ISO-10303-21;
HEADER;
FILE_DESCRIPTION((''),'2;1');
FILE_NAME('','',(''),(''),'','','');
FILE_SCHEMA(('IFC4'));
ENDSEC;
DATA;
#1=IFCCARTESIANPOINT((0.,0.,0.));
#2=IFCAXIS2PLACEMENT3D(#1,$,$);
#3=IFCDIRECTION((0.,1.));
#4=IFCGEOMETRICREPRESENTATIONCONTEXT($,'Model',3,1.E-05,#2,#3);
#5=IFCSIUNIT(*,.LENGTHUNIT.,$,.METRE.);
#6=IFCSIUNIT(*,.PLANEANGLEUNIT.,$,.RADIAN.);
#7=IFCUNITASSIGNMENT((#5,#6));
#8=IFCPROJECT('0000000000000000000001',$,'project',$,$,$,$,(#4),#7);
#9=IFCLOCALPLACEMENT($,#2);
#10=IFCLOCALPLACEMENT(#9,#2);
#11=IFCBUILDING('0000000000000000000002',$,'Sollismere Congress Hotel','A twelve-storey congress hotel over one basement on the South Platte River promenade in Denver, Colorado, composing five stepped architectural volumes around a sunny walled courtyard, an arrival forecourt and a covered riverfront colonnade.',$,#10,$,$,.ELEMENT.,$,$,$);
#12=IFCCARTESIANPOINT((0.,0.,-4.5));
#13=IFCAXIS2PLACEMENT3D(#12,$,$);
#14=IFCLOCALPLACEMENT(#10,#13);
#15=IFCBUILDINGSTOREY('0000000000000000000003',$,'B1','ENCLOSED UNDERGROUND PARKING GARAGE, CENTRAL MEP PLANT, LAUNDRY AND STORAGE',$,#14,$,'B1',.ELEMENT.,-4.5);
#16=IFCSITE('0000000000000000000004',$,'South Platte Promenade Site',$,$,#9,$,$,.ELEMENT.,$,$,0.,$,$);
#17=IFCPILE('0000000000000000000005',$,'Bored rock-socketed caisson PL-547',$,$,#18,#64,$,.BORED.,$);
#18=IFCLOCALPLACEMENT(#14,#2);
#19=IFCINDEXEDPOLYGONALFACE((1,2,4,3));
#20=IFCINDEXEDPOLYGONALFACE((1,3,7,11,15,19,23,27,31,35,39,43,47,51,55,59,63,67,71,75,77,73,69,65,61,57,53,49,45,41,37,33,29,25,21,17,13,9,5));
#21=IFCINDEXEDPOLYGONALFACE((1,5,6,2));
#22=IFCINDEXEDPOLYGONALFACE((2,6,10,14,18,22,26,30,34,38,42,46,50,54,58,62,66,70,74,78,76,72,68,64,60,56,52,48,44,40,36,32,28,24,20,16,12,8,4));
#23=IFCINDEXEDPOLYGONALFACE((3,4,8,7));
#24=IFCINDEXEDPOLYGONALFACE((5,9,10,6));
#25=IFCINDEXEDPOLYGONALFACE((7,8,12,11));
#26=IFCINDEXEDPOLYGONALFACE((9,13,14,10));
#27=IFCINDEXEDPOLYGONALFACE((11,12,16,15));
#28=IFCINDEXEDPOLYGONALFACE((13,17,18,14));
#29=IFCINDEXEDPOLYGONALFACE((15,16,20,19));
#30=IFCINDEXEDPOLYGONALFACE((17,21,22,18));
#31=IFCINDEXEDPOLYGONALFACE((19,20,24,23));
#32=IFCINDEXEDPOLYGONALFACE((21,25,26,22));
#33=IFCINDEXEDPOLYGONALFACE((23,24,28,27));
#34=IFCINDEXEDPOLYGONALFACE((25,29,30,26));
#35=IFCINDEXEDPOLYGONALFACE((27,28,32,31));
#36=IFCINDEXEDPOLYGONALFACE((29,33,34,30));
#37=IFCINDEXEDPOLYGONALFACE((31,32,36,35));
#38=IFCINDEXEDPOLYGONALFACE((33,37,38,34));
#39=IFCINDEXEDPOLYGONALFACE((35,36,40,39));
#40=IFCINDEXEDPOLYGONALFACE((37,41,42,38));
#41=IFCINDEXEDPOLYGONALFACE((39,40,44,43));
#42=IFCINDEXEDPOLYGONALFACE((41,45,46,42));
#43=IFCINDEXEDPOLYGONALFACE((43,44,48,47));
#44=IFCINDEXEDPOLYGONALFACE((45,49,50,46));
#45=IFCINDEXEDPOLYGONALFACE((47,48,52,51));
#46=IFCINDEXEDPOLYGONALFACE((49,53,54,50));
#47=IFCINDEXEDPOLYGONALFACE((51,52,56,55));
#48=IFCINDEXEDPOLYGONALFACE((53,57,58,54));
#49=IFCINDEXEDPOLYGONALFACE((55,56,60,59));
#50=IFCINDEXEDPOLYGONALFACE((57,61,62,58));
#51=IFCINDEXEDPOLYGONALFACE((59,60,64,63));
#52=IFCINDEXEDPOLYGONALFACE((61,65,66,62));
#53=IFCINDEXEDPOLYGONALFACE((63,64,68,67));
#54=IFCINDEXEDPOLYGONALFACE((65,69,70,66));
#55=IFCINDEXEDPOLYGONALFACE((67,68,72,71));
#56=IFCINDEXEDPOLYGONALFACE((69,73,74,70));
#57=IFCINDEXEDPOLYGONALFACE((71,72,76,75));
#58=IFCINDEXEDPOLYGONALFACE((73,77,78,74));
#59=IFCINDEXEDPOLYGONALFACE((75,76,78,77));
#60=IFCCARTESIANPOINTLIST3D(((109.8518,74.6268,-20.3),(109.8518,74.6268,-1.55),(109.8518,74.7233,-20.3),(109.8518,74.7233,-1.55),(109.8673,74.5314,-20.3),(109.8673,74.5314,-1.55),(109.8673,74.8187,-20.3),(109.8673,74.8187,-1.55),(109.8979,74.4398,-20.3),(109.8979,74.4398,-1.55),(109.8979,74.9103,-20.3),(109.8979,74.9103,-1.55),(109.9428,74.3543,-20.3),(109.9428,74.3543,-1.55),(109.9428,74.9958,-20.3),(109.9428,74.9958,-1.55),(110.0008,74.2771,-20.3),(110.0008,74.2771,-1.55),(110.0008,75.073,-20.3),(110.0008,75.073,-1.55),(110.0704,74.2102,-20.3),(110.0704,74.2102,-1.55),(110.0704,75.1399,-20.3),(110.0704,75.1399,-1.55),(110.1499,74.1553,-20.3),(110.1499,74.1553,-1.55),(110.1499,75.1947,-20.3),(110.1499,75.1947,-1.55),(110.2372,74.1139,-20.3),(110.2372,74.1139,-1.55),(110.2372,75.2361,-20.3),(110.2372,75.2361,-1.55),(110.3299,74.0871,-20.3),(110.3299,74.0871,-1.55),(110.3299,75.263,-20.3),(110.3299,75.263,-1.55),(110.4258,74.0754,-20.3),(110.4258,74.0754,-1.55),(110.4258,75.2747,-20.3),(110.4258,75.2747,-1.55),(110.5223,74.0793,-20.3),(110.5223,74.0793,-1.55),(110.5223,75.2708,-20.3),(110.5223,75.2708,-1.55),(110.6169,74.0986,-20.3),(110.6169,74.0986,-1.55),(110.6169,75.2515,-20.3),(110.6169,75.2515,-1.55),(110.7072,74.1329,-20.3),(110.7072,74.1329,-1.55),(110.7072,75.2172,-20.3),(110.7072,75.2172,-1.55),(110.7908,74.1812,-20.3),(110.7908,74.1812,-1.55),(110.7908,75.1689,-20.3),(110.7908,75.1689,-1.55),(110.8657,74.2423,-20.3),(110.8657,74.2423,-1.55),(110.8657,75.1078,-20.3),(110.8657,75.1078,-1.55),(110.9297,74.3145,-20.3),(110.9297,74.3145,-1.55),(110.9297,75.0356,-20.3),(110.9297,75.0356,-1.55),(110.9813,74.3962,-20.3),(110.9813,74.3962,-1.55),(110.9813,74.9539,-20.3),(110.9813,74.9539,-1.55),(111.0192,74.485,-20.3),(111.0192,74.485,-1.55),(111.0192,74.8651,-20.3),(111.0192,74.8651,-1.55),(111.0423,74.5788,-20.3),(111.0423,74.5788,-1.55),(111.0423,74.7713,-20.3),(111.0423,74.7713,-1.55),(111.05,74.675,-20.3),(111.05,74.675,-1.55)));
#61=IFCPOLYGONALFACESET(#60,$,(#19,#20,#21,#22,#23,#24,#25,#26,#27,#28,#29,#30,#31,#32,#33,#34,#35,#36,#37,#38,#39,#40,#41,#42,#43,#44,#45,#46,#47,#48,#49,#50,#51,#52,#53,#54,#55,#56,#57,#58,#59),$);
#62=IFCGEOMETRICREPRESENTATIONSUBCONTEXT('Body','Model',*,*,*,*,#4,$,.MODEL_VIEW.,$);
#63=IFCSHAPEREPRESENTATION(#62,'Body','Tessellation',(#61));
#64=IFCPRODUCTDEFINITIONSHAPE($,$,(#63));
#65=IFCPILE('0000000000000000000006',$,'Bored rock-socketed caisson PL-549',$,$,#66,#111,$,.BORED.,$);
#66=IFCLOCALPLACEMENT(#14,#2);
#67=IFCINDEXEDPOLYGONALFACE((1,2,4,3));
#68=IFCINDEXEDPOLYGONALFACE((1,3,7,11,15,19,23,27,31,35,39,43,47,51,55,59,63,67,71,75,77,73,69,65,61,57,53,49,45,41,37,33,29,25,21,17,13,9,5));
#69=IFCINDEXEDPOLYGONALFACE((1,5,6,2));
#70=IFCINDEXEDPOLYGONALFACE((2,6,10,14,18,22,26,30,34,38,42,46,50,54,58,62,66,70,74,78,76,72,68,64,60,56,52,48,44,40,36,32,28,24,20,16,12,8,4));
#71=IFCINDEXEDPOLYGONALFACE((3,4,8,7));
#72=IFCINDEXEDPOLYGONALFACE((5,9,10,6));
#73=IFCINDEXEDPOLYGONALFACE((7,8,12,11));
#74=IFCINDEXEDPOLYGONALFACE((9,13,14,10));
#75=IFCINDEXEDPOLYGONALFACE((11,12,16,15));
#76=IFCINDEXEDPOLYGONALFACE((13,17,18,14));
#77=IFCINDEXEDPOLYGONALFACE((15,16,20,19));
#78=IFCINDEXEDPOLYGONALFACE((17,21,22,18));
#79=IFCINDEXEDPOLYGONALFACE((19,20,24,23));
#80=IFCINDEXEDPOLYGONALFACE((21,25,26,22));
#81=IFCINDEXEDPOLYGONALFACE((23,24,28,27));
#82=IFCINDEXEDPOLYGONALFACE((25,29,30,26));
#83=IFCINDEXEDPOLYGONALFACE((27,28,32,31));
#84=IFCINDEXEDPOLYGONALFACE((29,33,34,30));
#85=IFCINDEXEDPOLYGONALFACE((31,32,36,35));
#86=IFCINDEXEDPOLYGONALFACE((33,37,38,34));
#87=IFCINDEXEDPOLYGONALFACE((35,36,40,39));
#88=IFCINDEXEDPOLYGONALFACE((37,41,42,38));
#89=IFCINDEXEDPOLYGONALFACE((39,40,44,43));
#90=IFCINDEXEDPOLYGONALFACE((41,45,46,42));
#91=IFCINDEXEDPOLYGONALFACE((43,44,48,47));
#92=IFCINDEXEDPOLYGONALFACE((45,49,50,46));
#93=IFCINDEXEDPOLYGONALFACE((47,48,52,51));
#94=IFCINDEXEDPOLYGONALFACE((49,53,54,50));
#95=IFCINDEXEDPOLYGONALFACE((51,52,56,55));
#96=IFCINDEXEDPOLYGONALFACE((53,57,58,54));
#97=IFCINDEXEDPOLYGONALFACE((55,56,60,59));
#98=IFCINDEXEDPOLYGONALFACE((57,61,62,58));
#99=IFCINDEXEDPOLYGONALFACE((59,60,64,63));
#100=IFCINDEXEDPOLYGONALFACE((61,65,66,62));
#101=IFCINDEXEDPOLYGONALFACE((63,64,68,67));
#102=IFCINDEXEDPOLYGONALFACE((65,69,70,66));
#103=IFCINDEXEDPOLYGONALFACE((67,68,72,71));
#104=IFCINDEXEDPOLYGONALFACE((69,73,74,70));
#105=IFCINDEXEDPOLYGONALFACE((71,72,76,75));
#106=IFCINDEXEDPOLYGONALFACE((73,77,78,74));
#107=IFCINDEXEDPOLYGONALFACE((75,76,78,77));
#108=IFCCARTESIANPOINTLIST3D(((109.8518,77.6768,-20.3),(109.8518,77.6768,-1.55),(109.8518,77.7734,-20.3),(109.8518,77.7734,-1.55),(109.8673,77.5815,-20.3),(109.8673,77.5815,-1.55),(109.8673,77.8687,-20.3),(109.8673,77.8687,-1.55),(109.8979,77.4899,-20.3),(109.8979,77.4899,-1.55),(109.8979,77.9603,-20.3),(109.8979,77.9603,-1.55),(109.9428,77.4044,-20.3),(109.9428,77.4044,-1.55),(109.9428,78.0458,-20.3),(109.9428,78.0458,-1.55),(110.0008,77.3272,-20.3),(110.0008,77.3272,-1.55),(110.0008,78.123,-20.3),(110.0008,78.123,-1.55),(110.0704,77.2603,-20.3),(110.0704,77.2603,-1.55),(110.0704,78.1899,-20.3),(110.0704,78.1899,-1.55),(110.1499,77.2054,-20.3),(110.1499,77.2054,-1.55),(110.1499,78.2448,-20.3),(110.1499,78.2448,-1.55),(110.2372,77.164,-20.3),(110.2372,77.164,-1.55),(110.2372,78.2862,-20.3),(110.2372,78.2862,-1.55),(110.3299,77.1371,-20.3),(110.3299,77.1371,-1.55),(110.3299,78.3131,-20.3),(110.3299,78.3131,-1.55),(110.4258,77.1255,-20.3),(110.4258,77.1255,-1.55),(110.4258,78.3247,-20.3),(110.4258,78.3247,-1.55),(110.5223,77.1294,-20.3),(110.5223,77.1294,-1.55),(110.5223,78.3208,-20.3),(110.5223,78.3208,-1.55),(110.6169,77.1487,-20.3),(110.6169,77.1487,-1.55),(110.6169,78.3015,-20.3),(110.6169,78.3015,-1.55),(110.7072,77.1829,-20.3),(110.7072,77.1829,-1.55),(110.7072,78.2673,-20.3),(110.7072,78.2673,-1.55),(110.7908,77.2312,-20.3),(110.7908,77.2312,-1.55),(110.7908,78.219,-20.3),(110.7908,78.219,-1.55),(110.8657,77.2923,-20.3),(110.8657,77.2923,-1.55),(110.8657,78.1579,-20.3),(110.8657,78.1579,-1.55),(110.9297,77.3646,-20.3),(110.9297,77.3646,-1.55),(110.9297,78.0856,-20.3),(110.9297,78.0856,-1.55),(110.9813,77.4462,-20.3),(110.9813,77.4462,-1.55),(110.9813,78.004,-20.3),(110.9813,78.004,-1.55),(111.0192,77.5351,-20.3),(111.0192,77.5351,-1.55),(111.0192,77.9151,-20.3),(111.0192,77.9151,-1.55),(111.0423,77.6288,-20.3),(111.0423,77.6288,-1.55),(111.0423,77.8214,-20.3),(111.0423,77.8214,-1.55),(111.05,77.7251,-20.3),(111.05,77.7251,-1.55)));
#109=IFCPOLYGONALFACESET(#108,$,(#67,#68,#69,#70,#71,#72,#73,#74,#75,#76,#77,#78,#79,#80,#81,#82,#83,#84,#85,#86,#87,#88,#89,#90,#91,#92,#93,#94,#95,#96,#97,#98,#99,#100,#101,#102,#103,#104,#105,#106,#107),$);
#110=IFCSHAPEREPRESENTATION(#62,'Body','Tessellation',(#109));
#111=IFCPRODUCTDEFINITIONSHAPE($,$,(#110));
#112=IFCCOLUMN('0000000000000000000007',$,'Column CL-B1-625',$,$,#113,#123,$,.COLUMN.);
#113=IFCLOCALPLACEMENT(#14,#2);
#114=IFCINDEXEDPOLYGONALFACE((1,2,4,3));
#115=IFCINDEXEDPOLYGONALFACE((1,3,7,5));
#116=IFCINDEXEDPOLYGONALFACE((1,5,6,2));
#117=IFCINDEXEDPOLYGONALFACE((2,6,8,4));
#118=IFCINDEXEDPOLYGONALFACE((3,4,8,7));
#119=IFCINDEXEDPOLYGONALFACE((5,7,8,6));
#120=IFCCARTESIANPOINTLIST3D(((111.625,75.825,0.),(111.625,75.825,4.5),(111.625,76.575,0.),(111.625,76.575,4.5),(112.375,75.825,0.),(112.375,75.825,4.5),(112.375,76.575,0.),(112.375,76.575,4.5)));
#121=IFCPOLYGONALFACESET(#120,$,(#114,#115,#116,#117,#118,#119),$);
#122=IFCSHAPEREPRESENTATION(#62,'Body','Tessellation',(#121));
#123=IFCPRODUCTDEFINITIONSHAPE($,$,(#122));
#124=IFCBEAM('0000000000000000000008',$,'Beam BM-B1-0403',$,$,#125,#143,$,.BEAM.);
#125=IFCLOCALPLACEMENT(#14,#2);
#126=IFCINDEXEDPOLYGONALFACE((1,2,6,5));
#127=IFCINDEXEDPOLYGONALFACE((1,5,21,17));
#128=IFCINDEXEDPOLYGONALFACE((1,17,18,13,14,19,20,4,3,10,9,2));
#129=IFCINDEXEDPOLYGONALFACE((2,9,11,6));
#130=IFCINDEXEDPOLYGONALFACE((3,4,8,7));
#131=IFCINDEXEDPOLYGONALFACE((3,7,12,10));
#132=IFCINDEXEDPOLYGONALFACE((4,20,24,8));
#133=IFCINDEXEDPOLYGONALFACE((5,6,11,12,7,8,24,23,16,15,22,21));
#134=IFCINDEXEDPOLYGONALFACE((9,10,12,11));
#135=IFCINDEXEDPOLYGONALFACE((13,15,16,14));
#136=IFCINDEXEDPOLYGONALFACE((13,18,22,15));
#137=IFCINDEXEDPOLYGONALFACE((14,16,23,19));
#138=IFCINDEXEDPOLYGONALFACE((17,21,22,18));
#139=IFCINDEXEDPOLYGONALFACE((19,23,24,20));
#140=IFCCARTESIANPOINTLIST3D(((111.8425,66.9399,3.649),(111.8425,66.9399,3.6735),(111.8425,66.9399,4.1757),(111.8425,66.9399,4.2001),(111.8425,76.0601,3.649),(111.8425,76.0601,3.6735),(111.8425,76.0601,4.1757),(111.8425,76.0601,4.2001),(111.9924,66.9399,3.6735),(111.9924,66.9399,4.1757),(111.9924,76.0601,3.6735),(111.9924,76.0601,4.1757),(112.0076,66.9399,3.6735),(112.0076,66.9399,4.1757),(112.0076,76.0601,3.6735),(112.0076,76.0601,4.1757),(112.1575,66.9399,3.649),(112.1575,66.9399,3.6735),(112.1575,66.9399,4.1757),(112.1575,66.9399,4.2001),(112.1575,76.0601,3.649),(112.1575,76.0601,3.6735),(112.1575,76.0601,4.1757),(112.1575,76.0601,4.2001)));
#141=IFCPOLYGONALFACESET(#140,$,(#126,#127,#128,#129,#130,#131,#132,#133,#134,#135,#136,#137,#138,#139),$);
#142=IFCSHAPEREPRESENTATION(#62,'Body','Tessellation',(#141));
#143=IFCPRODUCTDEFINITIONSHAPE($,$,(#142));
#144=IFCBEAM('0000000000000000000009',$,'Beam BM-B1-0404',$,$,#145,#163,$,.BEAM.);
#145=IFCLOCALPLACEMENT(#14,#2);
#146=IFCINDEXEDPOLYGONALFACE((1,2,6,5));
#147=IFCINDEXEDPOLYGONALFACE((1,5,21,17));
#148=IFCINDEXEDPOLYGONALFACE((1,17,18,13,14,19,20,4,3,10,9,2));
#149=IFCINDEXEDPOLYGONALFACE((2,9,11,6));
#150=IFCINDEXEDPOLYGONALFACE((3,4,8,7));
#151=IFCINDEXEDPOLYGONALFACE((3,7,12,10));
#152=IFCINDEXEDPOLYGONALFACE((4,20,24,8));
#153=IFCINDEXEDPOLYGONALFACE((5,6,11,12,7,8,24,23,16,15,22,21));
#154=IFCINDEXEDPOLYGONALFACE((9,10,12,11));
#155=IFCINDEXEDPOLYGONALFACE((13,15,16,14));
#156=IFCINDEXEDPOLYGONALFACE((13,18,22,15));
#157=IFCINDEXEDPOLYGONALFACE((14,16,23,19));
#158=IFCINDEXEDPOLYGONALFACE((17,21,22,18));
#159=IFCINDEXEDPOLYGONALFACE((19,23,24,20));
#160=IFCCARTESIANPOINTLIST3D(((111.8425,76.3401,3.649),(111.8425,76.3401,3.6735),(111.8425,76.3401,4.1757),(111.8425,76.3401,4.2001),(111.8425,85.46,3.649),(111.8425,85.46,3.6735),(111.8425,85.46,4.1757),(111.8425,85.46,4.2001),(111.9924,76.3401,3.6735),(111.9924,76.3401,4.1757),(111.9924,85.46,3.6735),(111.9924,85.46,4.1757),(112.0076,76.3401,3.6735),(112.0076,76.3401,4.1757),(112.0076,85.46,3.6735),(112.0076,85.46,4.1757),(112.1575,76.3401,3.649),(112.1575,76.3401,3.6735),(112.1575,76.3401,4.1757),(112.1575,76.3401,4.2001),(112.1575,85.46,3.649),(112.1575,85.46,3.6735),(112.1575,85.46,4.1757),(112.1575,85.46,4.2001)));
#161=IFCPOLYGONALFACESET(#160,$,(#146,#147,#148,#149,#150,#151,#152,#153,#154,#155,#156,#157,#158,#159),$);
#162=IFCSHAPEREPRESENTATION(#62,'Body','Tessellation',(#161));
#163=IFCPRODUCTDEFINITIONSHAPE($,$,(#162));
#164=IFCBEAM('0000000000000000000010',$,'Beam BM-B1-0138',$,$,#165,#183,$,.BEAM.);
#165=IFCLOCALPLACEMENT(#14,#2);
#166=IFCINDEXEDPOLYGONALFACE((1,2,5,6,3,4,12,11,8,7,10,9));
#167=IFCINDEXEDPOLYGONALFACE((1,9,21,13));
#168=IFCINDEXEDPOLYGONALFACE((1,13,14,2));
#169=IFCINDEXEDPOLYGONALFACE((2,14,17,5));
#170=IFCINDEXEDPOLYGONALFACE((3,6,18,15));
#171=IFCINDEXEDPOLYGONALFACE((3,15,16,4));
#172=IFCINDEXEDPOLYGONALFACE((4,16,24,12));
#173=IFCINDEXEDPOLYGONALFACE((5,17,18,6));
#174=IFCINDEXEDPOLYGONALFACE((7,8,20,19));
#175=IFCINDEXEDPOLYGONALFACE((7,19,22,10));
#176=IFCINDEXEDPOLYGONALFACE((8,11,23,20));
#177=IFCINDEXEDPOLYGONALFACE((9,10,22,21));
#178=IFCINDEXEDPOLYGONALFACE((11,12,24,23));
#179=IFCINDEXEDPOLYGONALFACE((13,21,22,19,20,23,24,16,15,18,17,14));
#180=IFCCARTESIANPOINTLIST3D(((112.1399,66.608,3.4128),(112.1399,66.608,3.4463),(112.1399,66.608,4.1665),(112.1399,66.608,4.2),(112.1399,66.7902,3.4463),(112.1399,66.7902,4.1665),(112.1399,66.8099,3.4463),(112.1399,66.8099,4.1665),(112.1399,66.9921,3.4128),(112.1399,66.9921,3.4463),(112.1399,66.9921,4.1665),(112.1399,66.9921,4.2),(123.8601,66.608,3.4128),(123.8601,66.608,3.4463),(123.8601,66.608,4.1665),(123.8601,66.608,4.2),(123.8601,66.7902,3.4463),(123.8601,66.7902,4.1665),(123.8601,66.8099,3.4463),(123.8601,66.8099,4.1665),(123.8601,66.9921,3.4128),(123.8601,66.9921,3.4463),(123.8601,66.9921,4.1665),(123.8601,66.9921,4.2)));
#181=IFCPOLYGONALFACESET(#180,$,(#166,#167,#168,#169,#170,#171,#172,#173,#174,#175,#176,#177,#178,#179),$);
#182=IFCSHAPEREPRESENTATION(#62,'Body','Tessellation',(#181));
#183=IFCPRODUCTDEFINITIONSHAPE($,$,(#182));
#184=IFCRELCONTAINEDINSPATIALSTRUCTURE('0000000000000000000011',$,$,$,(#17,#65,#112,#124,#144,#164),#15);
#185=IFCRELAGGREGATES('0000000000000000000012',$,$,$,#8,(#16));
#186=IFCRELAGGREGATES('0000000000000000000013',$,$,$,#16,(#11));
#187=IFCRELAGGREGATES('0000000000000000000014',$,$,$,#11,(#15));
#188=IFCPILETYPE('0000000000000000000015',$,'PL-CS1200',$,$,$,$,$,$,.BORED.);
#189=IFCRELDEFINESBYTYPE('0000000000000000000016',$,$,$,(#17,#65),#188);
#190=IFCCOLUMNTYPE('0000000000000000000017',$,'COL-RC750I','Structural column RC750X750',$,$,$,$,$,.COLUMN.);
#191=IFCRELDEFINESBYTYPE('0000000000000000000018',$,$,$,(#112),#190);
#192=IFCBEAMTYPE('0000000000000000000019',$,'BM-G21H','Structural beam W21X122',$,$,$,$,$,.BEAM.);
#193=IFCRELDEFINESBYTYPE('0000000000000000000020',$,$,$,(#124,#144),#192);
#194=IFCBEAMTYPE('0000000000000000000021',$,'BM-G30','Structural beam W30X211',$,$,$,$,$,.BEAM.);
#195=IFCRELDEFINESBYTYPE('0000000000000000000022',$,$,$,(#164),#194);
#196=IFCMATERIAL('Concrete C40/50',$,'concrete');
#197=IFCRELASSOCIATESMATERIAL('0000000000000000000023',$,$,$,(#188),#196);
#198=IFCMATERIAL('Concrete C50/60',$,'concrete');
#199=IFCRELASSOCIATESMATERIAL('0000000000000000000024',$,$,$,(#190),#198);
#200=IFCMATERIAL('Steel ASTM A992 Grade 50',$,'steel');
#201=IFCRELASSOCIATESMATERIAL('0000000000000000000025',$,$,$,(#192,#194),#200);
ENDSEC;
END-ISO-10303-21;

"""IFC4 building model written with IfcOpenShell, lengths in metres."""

from ifc_helpers import new_model, si_unit, direction, frame, origin, origin_2d, place, context, subcontext, project, spatial, rectangle, circle, i_section, extrude, material, material_profile, profile_set, type_object, element, save


model = new_model("IFC4")

# Units and contexts
model_context = context("Model", 3, precision=1e-05, world=origin(), true_north=direction((0.0, 1.0)))
body_context = subcontext(model_context, "Body", "Model", "MODEL_VIEW")
ifc_project = project(units=[si_unit("LENGTHUNIT", "METRE"), si_unit("PLANEANGLEUNIT", "RADIAN")], contexts=[model_context])

# Site, building, storey
site_placement = place(None, origin())
site = spatial("IfcSite", under=ifc_project, at=site_placement, Name="South Platte Promenade Site", CompositionType="ELEMENT", RefElevation=0.0)
building_placement = place(site_placement, origin())
building = spatial("IfcBuilding", under=site, at=building_placement, Name="Sollismere Congress Hotel", Description="A twelve-storey congress hotel over one basement on the South Platte River promenade in Denver, Colorado, composing five stepped architectural volumes around a sunny walled courtyard, an arrival forecourt and a covered riverfront colonnade.", CompositionType="ELEMENT")
storey_placement = place(building_placement, frame((0.0, 0.0, -4.5)))
storey = spatial("IfcBuildingStorey", under=building, at=storey_placement, Name="B1", Description="ENCLOSED UNDERGROUND PARKING GARAGE, CENTRAL MEP PLANT, LAUNDRY AND STORAGE", LongName="B1", CompositionType="ELEMENT", Elevation=-4.5)

# Shared definitions
ifc_material_1 = material(Name="Concrete C40/50", Category="concrete")

# Piles
ifc_material_profile_1 = material_profile(ifc_material_1, circle(Radius=0.6001, at=origin_2d()), Name="CAISSON1200")
ifc_profile_set_1 = profile_set([ifc_material_profile_1], Name="Concrete C40/50")
pile_type = type_object("IfcPileType", Name="PL-CS1200", PredefinedType="BORED", material=ifc_profile_set_1)
for number, where, z_axis, x_axis, name in (
    (1, (110.45, 74.675, -1.55), (0.0, 0.0, -1.0), (1.0, 0.0, 0.0), "Bored rock-socketed caisson PL-547"),
    (2, (110.45, 77.7251, -1.55), (0.0, 0.0, -1.0), (1.0, 0.0, 0.0), "Bored rock-socketed caisson PL-549"),
):
    element("IfcPile", number, at=place(storey_placement, frame(where, z_axis=z_axis, x_axis=x_axis)), inside=storey, type_object=pile_type, Name=name, PredefinedType="BORED", context=body_context, shape_type="SweptSolid", body=[
        extrude(circle(Radius=0.6001, at=origin_2d()), origin(), (0.0, 0.0, 1.0), 18.75),
    ])

# Column
ifc_material_2 = material(Name="Concrete C50/60", Category="concrete")
ifc_material_profile_2 = material_profile(ifc_material_2, rectangle(XDim=0.75, YDim=0.75, at=origin_2d()), Name="RC750X750")
ifc_profile_set_2 = profile_set([ifc_material_profile_2], Name="Concrete C50/60")
column_type = type_object("IfcColumnType", Name="COL-RC750I", Description="Structural column RC750X750", PredefinedType="COLUMN", material=ifc_profile_set_2)
column_placement = place(storey_placement, frame((112.0, 76.2, 0.0), z_axis=(0.0, 0.0, 1.0), x_axis=(1.0, 0.0, 0.0)))
element("IfcColumn", 3, at=column_placement, inside=storey, type_object=column_type, Name="Column CL-B1-625", PredefinedType="COLUMN", context=body_context, shape_type="SweptSolid", body=[
    extrude(rectangle(XDim=0.75, YDim=0.75, at=origin_2d()), origin(), (0.0, 0.0, 1.0), 4.5),
])

# Beams
ifc_material_3 = material(Name="Steel ASTM A992 Grade 50", Category="steel")
ifc_material_profile_3 = material_profile(ifc_material_3, i_section(OverallWidth=0.3149, OverallDepth=0.551, WebThickness=0.0151, FlangeThickness=0.0244, at=origin_2d()), Name="W21X122")
ifc_profile_set_3 = profile_set([ifc_material_profile_3], Name="Steel ASTM A992 Grade 50")
beam_type_1 = type_object("IfcBeamType", Name="BM-G21H", Description="Structural beam W21X122", PredefinedType="BEAM", material=ifc_profile_set_3)
beam_1_placement = place(storey_placement, frame((112.0, 66.9399, 3.9246), z_axis=(0.0, 1.0, 0.0), x_axis=(-1.0, 0.0, 0.0)))
element("IfcBeam", 4, at=beam_1_placement, inside=storey, type_object=beam_type_1, Name="Beam BM-B1-0403", PredefinedType="BEAM", context=body_context, shape_type="SweptSolid", body=[
    extrude(i_section(OverallWidth=0.3149, OverallDepth=0.551, WebThickness=0.0151, FlangeThickness=0.0244, at=origin_2d()), origin(), (0.0, 0.0, 1.0), 9.1201),
])
beam_2_placement = place(storey_placement, frame((112.0, 76.3401, 3.9246), z_axis=(0.0, 1.0, 0.0), x_axis=(-1.0, 0.0, 0.0)))
element("IfcBeam", 5, at=beam_2_placement, inside=storey, type_object=beam_type_1, Name="Beam BM-B1-0404", PredefinedType="BEAM", context=body_context, shape_type="SweptSolid", body=[
    extrude(i_section(OverallWidth=0.3149, OverallDepth=0.551, WebThickness=0.0151, FlangeThickness=0.0244, at=origin_2d()), origin(), (0.0, 0.0, 1.0), 9.1199),
])
ifc_material_profile_4 = material_profile(ifc_material_3, i_section(OverallWidth=0.384, OverallDepth=0.7871, WebThickness=0.0198, FlangeThickness=0.0334, at=origin_2d()), Name="W30X211")
ifc_profile_set_4 = profile_set([ifc_material_profile_4], Name="Steel ASTM A992 Grade 50")
beam_type_2 = type_object("IfcBeamType", Name="BM-G30", Description="Structural beam W30X211", PredefinedType="BEAM", material=ifc_profile_set_4)
for number, where, z_axis, x_axis, name in (
    (6, (112.1399, 66.8, 3.8064), (1.0, 0.0, 0.0), (0.0, 1.0, 0.0), "Beam BM-B1-0138"),
):
    element("IfcBeam", number, at=place(storey_placement, frame(where, z_axis=z_axis, x_axis=x_axis)), inside=storey, type_object=beam_type_2, Name=name, PredefinedType="BEAM", context=body_context, shape_type="SweptSolid", body=[
        extrude(i_section(OverallWidth=0.384, OverallDepth=0.7871, WebThickness=0.0198, FlangeThickness=0.0334, at=origin_2d()), origin(), (0.0, 0.0, 1.0), 11.7202),
    ])

save(model, "model.ifc")
